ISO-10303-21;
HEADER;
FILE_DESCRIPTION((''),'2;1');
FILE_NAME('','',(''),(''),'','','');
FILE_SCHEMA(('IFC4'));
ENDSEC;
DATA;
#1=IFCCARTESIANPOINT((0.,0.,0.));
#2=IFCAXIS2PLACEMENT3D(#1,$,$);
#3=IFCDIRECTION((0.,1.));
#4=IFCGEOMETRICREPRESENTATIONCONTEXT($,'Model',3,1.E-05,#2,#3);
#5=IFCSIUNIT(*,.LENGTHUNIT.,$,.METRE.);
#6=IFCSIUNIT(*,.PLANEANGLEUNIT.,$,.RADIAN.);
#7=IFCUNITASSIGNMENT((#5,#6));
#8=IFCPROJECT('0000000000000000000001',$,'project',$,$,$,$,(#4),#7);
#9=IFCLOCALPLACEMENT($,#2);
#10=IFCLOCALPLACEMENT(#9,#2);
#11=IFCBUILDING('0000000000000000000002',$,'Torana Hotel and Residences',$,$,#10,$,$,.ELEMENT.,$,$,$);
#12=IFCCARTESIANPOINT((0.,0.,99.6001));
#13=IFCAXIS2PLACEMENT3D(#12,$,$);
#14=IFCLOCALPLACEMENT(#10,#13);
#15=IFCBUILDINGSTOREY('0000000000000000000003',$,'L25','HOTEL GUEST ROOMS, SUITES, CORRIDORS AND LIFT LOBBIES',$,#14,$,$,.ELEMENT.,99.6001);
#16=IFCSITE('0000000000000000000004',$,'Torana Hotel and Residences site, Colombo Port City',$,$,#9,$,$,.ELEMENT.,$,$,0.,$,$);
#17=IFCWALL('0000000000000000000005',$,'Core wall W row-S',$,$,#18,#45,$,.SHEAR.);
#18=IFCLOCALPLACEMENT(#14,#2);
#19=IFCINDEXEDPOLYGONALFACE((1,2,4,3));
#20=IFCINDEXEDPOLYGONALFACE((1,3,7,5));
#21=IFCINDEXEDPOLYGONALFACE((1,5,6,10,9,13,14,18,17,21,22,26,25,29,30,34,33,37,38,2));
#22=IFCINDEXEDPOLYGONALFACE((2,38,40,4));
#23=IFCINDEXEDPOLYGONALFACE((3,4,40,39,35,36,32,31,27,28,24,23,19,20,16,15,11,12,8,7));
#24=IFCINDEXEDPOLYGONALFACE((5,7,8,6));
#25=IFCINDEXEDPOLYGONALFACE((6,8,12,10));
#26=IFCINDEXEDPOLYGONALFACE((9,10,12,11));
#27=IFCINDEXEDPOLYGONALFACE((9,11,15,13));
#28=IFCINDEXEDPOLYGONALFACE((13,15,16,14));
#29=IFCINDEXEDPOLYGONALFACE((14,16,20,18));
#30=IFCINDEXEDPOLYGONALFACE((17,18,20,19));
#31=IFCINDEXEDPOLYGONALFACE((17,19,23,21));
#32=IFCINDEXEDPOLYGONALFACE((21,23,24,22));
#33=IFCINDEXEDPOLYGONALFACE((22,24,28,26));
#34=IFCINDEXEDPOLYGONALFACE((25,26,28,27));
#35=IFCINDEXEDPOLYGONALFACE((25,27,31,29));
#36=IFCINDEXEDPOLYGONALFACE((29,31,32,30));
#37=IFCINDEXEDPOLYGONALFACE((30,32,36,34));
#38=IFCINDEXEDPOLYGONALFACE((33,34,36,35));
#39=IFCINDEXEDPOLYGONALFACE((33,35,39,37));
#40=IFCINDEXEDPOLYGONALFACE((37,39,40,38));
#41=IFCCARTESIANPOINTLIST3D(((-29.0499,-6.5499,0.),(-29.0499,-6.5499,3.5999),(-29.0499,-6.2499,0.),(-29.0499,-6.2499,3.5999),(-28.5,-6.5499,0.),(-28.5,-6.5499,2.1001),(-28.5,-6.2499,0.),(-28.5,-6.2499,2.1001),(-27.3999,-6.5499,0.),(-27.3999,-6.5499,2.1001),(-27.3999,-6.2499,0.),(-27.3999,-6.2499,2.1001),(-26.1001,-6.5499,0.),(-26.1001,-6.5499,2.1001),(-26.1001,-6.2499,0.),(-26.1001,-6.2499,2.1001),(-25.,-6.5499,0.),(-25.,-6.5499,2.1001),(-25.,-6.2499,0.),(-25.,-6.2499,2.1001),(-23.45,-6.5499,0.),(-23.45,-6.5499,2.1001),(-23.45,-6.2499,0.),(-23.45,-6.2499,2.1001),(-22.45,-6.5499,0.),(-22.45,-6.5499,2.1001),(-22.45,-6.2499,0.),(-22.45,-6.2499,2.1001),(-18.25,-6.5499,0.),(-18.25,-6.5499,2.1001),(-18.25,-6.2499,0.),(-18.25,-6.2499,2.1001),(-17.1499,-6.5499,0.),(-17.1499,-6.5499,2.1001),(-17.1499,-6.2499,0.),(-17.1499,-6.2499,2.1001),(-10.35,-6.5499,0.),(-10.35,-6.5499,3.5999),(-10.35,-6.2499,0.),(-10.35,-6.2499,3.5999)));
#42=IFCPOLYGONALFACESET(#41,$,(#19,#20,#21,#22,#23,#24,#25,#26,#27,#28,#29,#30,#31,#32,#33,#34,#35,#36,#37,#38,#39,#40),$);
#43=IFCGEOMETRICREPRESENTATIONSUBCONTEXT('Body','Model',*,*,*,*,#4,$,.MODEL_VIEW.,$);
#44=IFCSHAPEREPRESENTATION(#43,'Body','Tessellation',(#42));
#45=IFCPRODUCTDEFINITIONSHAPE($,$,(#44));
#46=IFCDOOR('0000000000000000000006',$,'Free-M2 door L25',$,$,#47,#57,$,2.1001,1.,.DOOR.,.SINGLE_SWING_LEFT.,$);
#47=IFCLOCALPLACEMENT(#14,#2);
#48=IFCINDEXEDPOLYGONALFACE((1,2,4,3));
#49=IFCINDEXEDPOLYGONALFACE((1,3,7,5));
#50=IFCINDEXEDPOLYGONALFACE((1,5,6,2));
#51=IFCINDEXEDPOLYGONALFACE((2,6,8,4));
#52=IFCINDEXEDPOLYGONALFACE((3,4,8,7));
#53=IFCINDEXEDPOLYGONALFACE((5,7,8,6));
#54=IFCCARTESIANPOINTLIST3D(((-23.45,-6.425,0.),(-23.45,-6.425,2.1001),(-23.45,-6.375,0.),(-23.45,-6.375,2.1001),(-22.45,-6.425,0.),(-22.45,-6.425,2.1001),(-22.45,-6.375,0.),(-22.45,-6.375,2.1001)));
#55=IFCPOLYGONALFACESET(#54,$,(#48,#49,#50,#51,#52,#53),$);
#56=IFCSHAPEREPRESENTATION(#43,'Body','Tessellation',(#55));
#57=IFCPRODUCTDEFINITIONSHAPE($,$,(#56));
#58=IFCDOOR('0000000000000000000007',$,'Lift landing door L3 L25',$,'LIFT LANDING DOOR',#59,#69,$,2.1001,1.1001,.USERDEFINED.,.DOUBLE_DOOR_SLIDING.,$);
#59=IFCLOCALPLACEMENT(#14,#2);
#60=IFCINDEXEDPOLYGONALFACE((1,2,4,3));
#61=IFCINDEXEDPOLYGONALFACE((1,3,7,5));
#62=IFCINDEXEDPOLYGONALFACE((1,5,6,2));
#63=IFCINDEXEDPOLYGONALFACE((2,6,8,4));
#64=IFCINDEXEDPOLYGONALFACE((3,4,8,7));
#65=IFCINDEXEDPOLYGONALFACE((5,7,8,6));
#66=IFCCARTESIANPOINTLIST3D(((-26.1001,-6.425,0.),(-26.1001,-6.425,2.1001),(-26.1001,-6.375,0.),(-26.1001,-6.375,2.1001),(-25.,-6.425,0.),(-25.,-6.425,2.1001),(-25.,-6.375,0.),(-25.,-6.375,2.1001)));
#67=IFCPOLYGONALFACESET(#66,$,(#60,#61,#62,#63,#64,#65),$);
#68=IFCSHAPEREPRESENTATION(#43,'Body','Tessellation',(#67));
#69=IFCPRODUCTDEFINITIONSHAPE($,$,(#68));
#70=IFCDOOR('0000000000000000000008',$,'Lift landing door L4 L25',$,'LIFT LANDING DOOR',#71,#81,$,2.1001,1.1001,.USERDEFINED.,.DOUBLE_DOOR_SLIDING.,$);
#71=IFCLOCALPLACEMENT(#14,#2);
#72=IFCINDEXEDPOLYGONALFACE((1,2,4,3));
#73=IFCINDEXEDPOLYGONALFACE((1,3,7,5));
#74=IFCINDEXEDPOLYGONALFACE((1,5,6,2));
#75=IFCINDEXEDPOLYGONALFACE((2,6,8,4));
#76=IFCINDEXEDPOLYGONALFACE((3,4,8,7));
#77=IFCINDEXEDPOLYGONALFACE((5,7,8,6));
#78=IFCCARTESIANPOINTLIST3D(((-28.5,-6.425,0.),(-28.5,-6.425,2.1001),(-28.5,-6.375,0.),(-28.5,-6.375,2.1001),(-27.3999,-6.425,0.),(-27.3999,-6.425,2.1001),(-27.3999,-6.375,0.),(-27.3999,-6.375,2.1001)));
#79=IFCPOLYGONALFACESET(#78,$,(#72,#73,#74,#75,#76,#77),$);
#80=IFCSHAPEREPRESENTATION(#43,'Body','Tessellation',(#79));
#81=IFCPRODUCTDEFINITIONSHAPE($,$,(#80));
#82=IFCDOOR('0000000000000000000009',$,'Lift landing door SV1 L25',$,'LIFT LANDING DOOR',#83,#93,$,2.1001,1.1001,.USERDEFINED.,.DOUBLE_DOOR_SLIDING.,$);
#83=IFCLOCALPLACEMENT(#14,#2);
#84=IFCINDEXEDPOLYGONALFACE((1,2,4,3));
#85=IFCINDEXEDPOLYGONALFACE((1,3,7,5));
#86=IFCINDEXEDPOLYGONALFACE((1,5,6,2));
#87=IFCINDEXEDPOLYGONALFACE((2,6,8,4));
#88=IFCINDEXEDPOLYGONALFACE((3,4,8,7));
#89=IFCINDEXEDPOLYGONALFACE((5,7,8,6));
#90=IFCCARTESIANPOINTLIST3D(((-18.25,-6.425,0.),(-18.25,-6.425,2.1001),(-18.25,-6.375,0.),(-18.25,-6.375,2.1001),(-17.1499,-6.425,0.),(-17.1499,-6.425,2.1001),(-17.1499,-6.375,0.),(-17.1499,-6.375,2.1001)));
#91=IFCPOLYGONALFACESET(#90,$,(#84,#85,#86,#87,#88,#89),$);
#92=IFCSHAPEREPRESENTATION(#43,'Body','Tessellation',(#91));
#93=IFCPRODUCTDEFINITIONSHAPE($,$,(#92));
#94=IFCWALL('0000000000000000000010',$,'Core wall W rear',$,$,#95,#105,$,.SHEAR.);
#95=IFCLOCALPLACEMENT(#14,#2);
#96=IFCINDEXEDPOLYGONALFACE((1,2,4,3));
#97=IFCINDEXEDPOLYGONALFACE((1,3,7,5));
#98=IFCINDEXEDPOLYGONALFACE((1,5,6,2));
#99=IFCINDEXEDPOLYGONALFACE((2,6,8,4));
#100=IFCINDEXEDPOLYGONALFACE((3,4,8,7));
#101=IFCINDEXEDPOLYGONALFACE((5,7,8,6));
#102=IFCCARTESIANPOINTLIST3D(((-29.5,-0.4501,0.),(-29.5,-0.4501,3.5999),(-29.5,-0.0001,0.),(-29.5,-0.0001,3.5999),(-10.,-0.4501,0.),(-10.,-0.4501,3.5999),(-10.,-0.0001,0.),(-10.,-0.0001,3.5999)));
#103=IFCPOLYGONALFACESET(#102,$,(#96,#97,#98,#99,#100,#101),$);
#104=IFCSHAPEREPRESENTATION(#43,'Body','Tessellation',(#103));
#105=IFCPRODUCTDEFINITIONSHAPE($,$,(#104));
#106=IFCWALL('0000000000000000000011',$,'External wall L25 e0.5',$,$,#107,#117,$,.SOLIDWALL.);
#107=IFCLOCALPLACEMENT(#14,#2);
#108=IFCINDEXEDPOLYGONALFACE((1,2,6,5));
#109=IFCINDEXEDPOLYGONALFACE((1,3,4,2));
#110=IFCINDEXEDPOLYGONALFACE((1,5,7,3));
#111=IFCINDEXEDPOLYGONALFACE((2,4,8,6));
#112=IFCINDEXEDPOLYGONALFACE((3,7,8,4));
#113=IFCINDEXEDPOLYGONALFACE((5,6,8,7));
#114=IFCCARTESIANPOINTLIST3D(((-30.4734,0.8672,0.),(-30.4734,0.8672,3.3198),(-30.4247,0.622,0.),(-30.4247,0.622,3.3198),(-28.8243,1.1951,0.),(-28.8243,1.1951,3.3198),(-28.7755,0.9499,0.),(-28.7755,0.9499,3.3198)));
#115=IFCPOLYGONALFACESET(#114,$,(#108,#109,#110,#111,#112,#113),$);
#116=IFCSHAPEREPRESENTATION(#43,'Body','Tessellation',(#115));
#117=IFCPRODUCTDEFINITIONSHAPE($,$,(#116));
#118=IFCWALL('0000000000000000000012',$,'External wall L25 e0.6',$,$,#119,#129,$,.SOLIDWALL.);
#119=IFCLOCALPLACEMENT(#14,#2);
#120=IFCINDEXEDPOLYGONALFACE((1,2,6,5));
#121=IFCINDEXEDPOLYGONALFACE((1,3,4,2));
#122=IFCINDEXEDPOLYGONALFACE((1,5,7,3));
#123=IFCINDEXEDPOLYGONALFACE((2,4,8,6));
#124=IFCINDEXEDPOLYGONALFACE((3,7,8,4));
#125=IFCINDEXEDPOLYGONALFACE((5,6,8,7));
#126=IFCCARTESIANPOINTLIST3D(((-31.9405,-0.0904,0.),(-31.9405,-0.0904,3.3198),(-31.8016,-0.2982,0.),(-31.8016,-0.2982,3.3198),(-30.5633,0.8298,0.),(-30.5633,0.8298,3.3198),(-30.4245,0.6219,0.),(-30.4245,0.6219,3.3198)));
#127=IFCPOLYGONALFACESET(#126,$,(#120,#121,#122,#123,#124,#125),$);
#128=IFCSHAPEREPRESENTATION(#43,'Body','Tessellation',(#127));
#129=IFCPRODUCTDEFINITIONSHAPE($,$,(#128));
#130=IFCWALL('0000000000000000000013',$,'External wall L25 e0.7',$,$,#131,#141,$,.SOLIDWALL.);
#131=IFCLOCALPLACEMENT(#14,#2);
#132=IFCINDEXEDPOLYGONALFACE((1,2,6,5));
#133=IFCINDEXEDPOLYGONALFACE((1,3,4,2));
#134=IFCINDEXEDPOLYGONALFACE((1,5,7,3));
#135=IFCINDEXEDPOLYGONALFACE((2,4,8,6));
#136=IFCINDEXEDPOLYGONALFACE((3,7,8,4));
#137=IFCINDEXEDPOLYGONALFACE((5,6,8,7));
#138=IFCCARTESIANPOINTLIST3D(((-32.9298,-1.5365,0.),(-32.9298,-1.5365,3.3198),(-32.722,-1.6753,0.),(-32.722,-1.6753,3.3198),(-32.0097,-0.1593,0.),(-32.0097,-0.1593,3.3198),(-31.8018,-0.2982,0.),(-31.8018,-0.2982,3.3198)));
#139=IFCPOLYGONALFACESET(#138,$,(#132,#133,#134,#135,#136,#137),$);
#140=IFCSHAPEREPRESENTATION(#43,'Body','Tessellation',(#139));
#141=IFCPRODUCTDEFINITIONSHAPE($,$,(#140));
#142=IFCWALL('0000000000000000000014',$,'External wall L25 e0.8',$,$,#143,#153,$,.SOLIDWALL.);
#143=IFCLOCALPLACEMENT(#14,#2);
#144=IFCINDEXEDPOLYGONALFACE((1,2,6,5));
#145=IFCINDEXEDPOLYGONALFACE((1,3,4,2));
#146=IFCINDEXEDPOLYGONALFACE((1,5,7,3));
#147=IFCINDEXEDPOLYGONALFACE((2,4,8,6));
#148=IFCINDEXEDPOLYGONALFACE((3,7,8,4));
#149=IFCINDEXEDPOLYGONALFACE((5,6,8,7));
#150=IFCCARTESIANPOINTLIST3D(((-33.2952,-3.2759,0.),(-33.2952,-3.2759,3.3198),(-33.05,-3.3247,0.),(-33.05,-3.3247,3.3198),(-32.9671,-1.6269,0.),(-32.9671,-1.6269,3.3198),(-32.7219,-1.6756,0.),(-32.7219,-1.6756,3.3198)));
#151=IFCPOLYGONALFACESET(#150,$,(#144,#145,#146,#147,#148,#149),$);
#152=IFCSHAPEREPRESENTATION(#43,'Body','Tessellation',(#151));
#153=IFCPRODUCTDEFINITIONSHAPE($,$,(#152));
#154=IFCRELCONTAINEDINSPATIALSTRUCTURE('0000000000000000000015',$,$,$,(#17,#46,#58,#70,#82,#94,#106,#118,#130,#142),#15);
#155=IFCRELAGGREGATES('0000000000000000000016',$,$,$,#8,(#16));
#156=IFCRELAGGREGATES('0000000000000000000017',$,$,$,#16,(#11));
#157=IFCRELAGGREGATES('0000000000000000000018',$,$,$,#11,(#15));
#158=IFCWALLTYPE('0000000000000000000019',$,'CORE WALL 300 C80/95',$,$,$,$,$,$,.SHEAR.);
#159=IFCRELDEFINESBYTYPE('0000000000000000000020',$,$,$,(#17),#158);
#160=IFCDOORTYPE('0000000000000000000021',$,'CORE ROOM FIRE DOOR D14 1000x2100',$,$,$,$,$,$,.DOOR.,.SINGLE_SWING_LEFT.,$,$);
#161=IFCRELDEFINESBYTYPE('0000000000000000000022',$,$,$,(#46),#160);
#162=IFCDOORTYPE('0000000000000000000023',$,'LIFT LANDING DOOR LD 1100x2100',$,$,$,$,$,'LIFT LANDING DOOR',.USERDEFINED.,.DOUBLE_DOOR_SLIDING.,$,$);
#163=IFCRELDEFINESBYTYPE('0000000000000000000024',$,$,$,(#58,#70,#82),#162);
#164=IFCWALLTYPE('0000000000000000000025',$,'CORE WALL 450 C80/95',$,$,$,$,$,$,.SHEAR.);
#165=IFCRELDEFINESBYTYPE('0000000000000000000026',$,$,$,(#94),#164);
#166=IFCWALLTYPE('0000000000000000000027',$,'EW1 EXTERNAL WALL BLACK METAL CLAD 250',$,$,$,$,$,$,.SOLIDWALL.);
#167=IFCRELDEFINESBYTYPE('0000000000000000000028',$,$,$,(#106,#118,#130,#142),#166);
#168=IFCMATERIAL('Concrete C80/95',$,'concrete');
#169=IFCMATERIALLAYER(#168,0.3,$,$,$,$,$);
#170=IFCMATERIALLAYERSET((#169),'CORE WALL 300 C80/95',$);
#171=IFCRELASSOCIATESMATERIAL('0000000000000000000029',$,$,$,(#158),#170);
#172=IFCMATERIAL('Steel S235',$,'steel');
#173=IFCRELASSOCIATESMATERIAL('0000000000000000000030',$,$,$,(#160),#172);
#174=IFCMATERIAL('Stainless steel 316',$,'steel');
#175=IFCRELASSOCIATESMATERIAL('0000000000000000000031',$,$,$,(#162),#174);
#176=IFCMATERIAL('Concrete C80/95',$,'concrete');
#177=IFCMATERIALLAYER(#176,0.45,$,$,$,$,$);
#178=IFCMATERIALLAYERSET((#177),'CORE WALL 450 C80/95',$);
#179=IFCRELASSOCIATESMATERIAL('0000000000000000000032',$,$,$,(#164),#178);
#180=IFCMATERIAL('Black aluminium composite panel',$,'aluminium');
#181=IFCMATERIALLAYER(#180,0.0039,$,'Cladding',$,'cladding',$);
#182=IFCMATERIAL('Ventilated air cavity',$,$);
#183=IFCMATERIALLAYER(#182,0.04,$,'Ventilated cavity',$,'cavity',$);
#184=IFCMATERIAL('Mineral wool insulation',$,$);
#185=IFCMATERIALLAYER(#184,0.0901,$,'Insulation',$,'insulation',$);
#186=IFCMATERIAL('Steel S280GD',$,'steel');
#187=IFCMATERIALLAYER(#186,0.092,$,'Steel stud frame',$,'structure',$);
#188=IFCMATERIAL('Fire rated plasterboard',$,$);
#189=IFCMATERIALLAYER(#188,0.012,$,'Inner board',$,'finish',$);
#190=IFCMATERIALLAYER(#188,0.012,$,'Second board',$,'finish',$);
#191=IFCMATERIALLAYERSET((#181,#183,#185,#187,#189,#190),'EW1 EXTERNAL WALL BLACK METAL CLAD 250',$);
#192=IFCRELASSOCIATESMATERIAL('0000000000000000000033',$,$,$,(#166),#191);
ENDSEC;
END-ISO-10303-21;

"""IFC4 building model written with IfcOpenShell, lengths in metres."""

from ifc_helpers import new_model, si_unit, direction, frame, frame_2d, origin, place, context, subcontext, project, spatial, rectangle, extrude, material, layer, layer_set, type_object, element, fill, save


model = new_model("IFC4")

# Units and contexts
model_context = context("Model", 3, precision=1e-05, world=origin(), true_north=direction((0.0, 1.0)))
body_context = subcontext(model_context, "Body", "Model", "MODEL_VIEW")
ifc_project = project(units=[si_unit("LENGTHUNIT", "METRE"), si_unit("PLANEANGLEUNIT", "RADIAN")], contexts=[model_context])

# Site, building, storey
site_placement = place(None, origin())
site = spatial("IfcSite", under=ifc_project, at=site_placement, Name="Torana Hotel and Residences site, Colombo Port City", CompositionType="ELEMENT", RefElevation=0.0)
building_placement = place(site_placement, origin())
building = spatial("IfcBuilding", under=site, at=building_placement, Name="Torana Hotel and Residences", CompositionType="ELEMENT")
storey_placement = place(building_placement, frame((0.0, 0.0, 99.6001)))
storey = spatial("IfcBuildingStorey", under=building, at=storey_placement, Name="L25", Description="HOTEL GUEST ROOMS, SUITES, CORRIDORS AND LIFT LOBBIES", CompositionType="ELEMENT", Elevation=99.6001)

# Wall, openings, doors
ifc_material_1 = material(Name="Concrete C80/95", Category="concrete")
ifc_layer_1 = layer(ifc_material_1, 0.3)
ifc_layer_set_1 = layer_set([ifc_layer_1], Name="CORE WALL 300 C80/95")
wall_type_1 = type_object("IfcWallType", Name="CORE WALL 300 C80/95", PredefinedType="SHEAR", material=ifc_layer_set_1)
ifc_material_2 = material(Name="Steel S235", Category="steel")
door_type_1 = type_object("IfcDoorType", Name="CORE ROOM FIRE DOOR D14 1000x2100", OperationType="SINGLE_SWING_LEFT", PredefinedType="DOOR", material=ifc_material_2)
ifc_material_3 = material(Name="Stainless steel 316", Category="steel")
door_type_2 = type_object("IfcDoorType", Name="LIFT LANDING DOOR LD 1100x2100", ElementType="LIFT LANDING DOOR", OperationType="DOUBLE_DOOR_SLIDING", PredefinedType="USERDEFINED", material=ifc_material_3)
wall_1_placement = place(storey_placement, frame((-29.05, -6.3999, 0.0), z_axis=(0.0, 0.0, 1.0), x_axis=(1.0, 0.0, 0.0)))
wall_1 = element("IfcWall", 1, at=wall_1_placement, inside=storey, type_object=wall_type_1, Name="Core wall W row-S", PredefinedType="SHEAR", context=body_context, shape_type="SweptSolid", body=[
    extrude(rectangle(XDim=18.7, YDim=0.3, at=frame_2d((9.3501, 0.0))), origin(), (0.0, 0.0, 1.0), 3.5999),
])
opening_1_placement = place(wall_1_placement, frame((2.95, 0.0, 0.0)))
opening_1 = element("IfcOpeningElement", 2, at=opening_1_placement, cuts=wall_1, PredefinedType="OPENING", context=body_context, shape_type="SweptSolid", body=[
    extrude(rectangle(XDim=1.1001, YDim=2.1001, at=frame_2d((0.55, 1.05))), frame((0.0, 0.1599, 0.0), z_axis=(0.0, -1.0, 0.0), x_axis=(1.0, 0.0, 0.0)), (0.0, 0.0, 1.0), 0.3201),
])
opening_2_placement = place(wall_1_placement, frame((0.55, 0.0, 0.0)))
opening_2 = element("IfcOpeningElement", 3, at=opening_2_placement, cuts=wall_1, PredefinedType="OPENING", context=body_context, shape_type="SweptSolid", body=[
    extrude(rectangle(XDim=1.1001, YDim=2.1001, at=frame_2d((0.55, 1.05))), frame((0.0, 0.1599, 0.0), z_axis=(0.0, -1.0, 0.0), x_axis=(1.0, 0.0, 0.0)), (0.0, 0.0, 1.0), 0.3201),
])
opening_3_placement = place(wall_1_placement, frame((10.8, 0.0, 0.0)))
opening_3 = element("IfcOpeningElement", 4, at=opening_3_placement, cuts=wall_1, PredefinedType="OPENING", context=body_context, shape_type="SweptSolid", body=[
    extrude(rectangle(XDim=1.1001, YDim=2.1001, at=frame_2d((0.55, 1.05))), frame((0.0, 0.1599, 0.0), z_axis=(0.0, -1.0, 0.0), x_axis=(1.0, 0.0, 0.0)), (0.0, 0.0, 1.0), 0.3201),
])
opening_4_placement = place(wall_1_placement, frame((5.6001, 0.0, 0.0)))
opening_4 = element("IfcOpeningElement", 5, at=opening_4_placement, cuts=wall_1, PredefinedType="OPENING", context=body_context, shape_type="SweptSolid", body=[
    extrude(rectangle(XDim=1.0, YDim=2.1001, at=frame_2d((0.5, 1.05))), frame((0.0, 0.1599, 0.0), z_axis=(0.0, -1.0, 0.0), x_axis=(1.0, 0.0, 0.0)), (0.0, 0.0, 1.0), 0.3201),
])
door_1_placement = place(opening_4_placement, frame((0.5, 0.0, 0.0), z_axis=(0.0, 0.0, 1.0), x_axis=(-1.0, 0.0, 0.0)))
door_1 = element("IfcDoor", 6, at=door_1_placement, inside=storey, type_object=door_type_1, Name="Free-M2 door L25", OperationType="SINGLE_SWING_LEFT", OverallHeight=2.1001, OverallWidth=1.0, PredefinedType="DOOR", context=body_context, shape_type="SweptSolid", body=[
    extrude(rectangle(XDim=1.0, YDim=2.1001, at=frame_2d((0.0, 1.05))), frame((0.0, -0.0249, 0.0), z_axis=(0.0, 1.0, 0.0), x_axis=(-1.0, 0.0, 0.0)), (0.0, 0.0, 1.0), 0.05),
])
fill(opening_4, door_1)
door_2_placement = place(opening_1_placement, origin())
door_2 = element("IfcDoor", 7, at=door_2_placement, inside=storey, type_object=door_type_2, Name="Lift landing door L3 L25", ObjectType="LIFT LANDING DOOR", OperationType="DOUBLE_DOOR_SLIDING", OverallHeight=2.1001, OverallWidth=1.1001, PredefinedType="USERDEFINED", context=body_context, shape_type="SweptSolid", body=[
    extrude(rectangle(XDim=1.1001, YDim=2.1001, at=frame_2d((0.55, 1.05))), frame((0.0, 0.0249, 0.0), z_axis=(0.0, -1.0, 0.0), x_axis=(1.0, 0.0, 0.0)), (0.0, 0.0, 1.0), 0.05),
])
fill(opening_1, door_2)
door_3_placement = place(opening_2_placement, origin())
door_3 = element("IfcDoor", 8, at=door_3_placement, inside=storey, type_object=door_type_2, Name="Lift landing door L4 L25", ObjectType="LIFT LANDING DOOR", OperationType="DOUBLE_DOOR_SLIDING", OverallHeight=2.1001, OverallWidth=1.1001, PredefinedType="USERDEFINED", context=body_context, shape_type="SweptSolid", body=[
    extrude(rectangle(XDim=1.1001, YDim=2.1001, at=frame_2d((0.55, 1.05))), frame((0.0, 0.0249, 0.0), z_axis=(0.0, -1.0, 0.0), x_axis=(1.0, 0.0, 0.0)), (0.0, 0.0, 1.0), 0.05),
])
fill(opening_2, door_3)
door_4_placement = place(opening_3_placement, origin())
door_4 = element("IfcDoor", 9, at=door_4_placement, inside=storey, type_object=door_type_2, Name="Lift landing door SV1 L25", ObjectType="LIFT LANDING DOOR", OperationType="DOUBLE_DOOR_SLIDING", OverallHeight=2.1001, OverallWidth=1.1001, PredefinedType="USERDEFINED", context=body_context, shape_type="SweptSolid", body=[
    extrude(rectangle(XDim=1.1001, YDim=2.1001, at=frame_2d((0.55, 1.05))), frame((0.0, 0.0249, 0.0), z_axis=(0.0, -1.0, 0.0), x_axis=(1.0, 0.0, 0.0)), (0.0, 0.0, 1.0), 0.05),
])
fill(opening_3, door_4)

# Walls
ifc_material_4 = material(Name="Concrete C80/95", Category="concrete")
ifc_layer_2 = layer(ifc_material_4, 0.45)
ifc_layer_set_2 = layer_set([ifc_layer_2], Name="CORE WALL 450 C80/95")
wall_type_2 = type_object("IfcWallType", Name="CORE WALL 450 C80/95", PredefinedType="SHEAR", material=ifc_layer_set_2)
wall_2_placement = place(storey_placement, frame((-29.5, -0.2251, 0.0), z_axis=(0.0, 0.0, 1.0), x_axis=(1.0, 0.0, 0.0)))
element("IfcWall", 10, at=wall_2_placement, inside=storey, type_object=wall_type_2, Name="Core wall W rear", PredefinedType="SHEAR", context=body_context, shape_type="SweptSolid", body=[
    extrude(rectangle(XDim=19.5, YDim=0.45, at=frame_2d((9.75, 0.0))), origin(), (0.0, 0.0, 1.0), 3.5999),
])
ifc_material_5 = material(Name="Black aluminium composite panel", Category="aluminium")
ifc_layer_3 = layer(ifc_material_5, 0.0039, Name="Cladding", Category="cladding")
ifc_material_6 = material(Name="Ventilated air cavity")
ifc_layer_4 = layer(ifc_material_6, 0.04, Name="Ventilated cavity", Category="cavity")
ifc_material_7 = material(Name="Mineral wool insulation")
ifc_layer_5 = layer(ifc_material_7, 0.0901, Name="Insulation", Category="insulation")
ifc_material_8 = material(Name="Steel S280GD", Category="steel")
ifc_layer_6 = layer(ifc_material_8, 0.092, Name="Steel stud frame", Category="structure")
ifc_material_9 = material(Name="Fire rated plasterboard")
ifc_layer_7 = layer(ifc_material_9, 0.012, Name="Inner board", Category="finish")
ifc_layer_8 = layer(ifc_material_9, 0.012, Name="Second board", Category="finish")
ifc_layer_set_3 = layer_set([ifc_layer_3, ifc_layer_4, ifc_layer_5, ifc_layer_6, ifc_layer_7, ifc_layer_8], Name="EW1 EXTERNAL WALL BLACK METAL CLAD 250")
wall_type_3 = type_object("IfcWallType", Name="EW1 EXTERNAL WALL BLACK METAL CLAD 250", PredefinedType="SOLIDWALL", material=ifc_layer_set_3)
wall_3_placement = place(storey_placement, frame((-28.7998, 1.0725, 0.0), z_axis=(0.0, 0.0, 1.0), x_axis=(-0.980803, -0.194999, 0.0)))
element("IfcWall", 11, at=wall_3_placement, inside=storey, type_object=wall_type_3, Name="External wall L25 e0.5", PredefinedType="SOLIDWALL", context=body_context, shape_type="SweptSolid", body=[
    extrude(rectangle(XDim=1.6814, YDim=0.25, at=frame_2d((0.8408, 0.0))), origin(), (0.0, 0.0, 1.0), 3.3198),
])
for number, where, z_axis, x_axis, name in (
    (12, (-30.4939, 0.7258, 0.0), (0.0, 0.0, 1.0), (-0.831483, -0.55555, 0.0), "External wall L25 e0.6"),
    (13, (-31.9058, -0.2288, 0.0), (0.0, 0.0, 1.0), (-0.55555, -0.831483, 0.0), "External wall L25 e0.7"),
):
    element("IfcWall", number, at=place(storey_placement, frame(where, z_axis=z_axis, x_axis=x_axis)), inside=storey, type_object=wall_type_3, Name=name, PredefinedType="SOLIDWALL", context=body_context, shape_type="SweptSolid", body=[
        extrude(rectangle(XDim=1.6562, YDim=0.25, at=frame_2d((0.8281, 0.0))), origin(), (0.0, 0.0, 1.0), 3.3198),
    ])
wall_4_placement = place(storey_placement, frame((-32.8445, -1.6511, 0.0), z_axis=(0.0, 0.0, 1.0), x_axis=(-0.195139, -0.980776, 0.0)))
element("IfcWall", 14, at=wall_4_placement, inside=storey, type_object=wall_type_3, Name="External wall L25 e0.8", PredefinedType="SOLIDWALL", context=body_context, shape_type="SweptSolid", body=[
    extrude(rectangle(XDim=1.6814, YDim=0.25, at=frame_2d((0.8408, 0.0))), origin(), (0.0, 0.0, 1.0), 3.3198),
])

save(model, "model.ifc")
